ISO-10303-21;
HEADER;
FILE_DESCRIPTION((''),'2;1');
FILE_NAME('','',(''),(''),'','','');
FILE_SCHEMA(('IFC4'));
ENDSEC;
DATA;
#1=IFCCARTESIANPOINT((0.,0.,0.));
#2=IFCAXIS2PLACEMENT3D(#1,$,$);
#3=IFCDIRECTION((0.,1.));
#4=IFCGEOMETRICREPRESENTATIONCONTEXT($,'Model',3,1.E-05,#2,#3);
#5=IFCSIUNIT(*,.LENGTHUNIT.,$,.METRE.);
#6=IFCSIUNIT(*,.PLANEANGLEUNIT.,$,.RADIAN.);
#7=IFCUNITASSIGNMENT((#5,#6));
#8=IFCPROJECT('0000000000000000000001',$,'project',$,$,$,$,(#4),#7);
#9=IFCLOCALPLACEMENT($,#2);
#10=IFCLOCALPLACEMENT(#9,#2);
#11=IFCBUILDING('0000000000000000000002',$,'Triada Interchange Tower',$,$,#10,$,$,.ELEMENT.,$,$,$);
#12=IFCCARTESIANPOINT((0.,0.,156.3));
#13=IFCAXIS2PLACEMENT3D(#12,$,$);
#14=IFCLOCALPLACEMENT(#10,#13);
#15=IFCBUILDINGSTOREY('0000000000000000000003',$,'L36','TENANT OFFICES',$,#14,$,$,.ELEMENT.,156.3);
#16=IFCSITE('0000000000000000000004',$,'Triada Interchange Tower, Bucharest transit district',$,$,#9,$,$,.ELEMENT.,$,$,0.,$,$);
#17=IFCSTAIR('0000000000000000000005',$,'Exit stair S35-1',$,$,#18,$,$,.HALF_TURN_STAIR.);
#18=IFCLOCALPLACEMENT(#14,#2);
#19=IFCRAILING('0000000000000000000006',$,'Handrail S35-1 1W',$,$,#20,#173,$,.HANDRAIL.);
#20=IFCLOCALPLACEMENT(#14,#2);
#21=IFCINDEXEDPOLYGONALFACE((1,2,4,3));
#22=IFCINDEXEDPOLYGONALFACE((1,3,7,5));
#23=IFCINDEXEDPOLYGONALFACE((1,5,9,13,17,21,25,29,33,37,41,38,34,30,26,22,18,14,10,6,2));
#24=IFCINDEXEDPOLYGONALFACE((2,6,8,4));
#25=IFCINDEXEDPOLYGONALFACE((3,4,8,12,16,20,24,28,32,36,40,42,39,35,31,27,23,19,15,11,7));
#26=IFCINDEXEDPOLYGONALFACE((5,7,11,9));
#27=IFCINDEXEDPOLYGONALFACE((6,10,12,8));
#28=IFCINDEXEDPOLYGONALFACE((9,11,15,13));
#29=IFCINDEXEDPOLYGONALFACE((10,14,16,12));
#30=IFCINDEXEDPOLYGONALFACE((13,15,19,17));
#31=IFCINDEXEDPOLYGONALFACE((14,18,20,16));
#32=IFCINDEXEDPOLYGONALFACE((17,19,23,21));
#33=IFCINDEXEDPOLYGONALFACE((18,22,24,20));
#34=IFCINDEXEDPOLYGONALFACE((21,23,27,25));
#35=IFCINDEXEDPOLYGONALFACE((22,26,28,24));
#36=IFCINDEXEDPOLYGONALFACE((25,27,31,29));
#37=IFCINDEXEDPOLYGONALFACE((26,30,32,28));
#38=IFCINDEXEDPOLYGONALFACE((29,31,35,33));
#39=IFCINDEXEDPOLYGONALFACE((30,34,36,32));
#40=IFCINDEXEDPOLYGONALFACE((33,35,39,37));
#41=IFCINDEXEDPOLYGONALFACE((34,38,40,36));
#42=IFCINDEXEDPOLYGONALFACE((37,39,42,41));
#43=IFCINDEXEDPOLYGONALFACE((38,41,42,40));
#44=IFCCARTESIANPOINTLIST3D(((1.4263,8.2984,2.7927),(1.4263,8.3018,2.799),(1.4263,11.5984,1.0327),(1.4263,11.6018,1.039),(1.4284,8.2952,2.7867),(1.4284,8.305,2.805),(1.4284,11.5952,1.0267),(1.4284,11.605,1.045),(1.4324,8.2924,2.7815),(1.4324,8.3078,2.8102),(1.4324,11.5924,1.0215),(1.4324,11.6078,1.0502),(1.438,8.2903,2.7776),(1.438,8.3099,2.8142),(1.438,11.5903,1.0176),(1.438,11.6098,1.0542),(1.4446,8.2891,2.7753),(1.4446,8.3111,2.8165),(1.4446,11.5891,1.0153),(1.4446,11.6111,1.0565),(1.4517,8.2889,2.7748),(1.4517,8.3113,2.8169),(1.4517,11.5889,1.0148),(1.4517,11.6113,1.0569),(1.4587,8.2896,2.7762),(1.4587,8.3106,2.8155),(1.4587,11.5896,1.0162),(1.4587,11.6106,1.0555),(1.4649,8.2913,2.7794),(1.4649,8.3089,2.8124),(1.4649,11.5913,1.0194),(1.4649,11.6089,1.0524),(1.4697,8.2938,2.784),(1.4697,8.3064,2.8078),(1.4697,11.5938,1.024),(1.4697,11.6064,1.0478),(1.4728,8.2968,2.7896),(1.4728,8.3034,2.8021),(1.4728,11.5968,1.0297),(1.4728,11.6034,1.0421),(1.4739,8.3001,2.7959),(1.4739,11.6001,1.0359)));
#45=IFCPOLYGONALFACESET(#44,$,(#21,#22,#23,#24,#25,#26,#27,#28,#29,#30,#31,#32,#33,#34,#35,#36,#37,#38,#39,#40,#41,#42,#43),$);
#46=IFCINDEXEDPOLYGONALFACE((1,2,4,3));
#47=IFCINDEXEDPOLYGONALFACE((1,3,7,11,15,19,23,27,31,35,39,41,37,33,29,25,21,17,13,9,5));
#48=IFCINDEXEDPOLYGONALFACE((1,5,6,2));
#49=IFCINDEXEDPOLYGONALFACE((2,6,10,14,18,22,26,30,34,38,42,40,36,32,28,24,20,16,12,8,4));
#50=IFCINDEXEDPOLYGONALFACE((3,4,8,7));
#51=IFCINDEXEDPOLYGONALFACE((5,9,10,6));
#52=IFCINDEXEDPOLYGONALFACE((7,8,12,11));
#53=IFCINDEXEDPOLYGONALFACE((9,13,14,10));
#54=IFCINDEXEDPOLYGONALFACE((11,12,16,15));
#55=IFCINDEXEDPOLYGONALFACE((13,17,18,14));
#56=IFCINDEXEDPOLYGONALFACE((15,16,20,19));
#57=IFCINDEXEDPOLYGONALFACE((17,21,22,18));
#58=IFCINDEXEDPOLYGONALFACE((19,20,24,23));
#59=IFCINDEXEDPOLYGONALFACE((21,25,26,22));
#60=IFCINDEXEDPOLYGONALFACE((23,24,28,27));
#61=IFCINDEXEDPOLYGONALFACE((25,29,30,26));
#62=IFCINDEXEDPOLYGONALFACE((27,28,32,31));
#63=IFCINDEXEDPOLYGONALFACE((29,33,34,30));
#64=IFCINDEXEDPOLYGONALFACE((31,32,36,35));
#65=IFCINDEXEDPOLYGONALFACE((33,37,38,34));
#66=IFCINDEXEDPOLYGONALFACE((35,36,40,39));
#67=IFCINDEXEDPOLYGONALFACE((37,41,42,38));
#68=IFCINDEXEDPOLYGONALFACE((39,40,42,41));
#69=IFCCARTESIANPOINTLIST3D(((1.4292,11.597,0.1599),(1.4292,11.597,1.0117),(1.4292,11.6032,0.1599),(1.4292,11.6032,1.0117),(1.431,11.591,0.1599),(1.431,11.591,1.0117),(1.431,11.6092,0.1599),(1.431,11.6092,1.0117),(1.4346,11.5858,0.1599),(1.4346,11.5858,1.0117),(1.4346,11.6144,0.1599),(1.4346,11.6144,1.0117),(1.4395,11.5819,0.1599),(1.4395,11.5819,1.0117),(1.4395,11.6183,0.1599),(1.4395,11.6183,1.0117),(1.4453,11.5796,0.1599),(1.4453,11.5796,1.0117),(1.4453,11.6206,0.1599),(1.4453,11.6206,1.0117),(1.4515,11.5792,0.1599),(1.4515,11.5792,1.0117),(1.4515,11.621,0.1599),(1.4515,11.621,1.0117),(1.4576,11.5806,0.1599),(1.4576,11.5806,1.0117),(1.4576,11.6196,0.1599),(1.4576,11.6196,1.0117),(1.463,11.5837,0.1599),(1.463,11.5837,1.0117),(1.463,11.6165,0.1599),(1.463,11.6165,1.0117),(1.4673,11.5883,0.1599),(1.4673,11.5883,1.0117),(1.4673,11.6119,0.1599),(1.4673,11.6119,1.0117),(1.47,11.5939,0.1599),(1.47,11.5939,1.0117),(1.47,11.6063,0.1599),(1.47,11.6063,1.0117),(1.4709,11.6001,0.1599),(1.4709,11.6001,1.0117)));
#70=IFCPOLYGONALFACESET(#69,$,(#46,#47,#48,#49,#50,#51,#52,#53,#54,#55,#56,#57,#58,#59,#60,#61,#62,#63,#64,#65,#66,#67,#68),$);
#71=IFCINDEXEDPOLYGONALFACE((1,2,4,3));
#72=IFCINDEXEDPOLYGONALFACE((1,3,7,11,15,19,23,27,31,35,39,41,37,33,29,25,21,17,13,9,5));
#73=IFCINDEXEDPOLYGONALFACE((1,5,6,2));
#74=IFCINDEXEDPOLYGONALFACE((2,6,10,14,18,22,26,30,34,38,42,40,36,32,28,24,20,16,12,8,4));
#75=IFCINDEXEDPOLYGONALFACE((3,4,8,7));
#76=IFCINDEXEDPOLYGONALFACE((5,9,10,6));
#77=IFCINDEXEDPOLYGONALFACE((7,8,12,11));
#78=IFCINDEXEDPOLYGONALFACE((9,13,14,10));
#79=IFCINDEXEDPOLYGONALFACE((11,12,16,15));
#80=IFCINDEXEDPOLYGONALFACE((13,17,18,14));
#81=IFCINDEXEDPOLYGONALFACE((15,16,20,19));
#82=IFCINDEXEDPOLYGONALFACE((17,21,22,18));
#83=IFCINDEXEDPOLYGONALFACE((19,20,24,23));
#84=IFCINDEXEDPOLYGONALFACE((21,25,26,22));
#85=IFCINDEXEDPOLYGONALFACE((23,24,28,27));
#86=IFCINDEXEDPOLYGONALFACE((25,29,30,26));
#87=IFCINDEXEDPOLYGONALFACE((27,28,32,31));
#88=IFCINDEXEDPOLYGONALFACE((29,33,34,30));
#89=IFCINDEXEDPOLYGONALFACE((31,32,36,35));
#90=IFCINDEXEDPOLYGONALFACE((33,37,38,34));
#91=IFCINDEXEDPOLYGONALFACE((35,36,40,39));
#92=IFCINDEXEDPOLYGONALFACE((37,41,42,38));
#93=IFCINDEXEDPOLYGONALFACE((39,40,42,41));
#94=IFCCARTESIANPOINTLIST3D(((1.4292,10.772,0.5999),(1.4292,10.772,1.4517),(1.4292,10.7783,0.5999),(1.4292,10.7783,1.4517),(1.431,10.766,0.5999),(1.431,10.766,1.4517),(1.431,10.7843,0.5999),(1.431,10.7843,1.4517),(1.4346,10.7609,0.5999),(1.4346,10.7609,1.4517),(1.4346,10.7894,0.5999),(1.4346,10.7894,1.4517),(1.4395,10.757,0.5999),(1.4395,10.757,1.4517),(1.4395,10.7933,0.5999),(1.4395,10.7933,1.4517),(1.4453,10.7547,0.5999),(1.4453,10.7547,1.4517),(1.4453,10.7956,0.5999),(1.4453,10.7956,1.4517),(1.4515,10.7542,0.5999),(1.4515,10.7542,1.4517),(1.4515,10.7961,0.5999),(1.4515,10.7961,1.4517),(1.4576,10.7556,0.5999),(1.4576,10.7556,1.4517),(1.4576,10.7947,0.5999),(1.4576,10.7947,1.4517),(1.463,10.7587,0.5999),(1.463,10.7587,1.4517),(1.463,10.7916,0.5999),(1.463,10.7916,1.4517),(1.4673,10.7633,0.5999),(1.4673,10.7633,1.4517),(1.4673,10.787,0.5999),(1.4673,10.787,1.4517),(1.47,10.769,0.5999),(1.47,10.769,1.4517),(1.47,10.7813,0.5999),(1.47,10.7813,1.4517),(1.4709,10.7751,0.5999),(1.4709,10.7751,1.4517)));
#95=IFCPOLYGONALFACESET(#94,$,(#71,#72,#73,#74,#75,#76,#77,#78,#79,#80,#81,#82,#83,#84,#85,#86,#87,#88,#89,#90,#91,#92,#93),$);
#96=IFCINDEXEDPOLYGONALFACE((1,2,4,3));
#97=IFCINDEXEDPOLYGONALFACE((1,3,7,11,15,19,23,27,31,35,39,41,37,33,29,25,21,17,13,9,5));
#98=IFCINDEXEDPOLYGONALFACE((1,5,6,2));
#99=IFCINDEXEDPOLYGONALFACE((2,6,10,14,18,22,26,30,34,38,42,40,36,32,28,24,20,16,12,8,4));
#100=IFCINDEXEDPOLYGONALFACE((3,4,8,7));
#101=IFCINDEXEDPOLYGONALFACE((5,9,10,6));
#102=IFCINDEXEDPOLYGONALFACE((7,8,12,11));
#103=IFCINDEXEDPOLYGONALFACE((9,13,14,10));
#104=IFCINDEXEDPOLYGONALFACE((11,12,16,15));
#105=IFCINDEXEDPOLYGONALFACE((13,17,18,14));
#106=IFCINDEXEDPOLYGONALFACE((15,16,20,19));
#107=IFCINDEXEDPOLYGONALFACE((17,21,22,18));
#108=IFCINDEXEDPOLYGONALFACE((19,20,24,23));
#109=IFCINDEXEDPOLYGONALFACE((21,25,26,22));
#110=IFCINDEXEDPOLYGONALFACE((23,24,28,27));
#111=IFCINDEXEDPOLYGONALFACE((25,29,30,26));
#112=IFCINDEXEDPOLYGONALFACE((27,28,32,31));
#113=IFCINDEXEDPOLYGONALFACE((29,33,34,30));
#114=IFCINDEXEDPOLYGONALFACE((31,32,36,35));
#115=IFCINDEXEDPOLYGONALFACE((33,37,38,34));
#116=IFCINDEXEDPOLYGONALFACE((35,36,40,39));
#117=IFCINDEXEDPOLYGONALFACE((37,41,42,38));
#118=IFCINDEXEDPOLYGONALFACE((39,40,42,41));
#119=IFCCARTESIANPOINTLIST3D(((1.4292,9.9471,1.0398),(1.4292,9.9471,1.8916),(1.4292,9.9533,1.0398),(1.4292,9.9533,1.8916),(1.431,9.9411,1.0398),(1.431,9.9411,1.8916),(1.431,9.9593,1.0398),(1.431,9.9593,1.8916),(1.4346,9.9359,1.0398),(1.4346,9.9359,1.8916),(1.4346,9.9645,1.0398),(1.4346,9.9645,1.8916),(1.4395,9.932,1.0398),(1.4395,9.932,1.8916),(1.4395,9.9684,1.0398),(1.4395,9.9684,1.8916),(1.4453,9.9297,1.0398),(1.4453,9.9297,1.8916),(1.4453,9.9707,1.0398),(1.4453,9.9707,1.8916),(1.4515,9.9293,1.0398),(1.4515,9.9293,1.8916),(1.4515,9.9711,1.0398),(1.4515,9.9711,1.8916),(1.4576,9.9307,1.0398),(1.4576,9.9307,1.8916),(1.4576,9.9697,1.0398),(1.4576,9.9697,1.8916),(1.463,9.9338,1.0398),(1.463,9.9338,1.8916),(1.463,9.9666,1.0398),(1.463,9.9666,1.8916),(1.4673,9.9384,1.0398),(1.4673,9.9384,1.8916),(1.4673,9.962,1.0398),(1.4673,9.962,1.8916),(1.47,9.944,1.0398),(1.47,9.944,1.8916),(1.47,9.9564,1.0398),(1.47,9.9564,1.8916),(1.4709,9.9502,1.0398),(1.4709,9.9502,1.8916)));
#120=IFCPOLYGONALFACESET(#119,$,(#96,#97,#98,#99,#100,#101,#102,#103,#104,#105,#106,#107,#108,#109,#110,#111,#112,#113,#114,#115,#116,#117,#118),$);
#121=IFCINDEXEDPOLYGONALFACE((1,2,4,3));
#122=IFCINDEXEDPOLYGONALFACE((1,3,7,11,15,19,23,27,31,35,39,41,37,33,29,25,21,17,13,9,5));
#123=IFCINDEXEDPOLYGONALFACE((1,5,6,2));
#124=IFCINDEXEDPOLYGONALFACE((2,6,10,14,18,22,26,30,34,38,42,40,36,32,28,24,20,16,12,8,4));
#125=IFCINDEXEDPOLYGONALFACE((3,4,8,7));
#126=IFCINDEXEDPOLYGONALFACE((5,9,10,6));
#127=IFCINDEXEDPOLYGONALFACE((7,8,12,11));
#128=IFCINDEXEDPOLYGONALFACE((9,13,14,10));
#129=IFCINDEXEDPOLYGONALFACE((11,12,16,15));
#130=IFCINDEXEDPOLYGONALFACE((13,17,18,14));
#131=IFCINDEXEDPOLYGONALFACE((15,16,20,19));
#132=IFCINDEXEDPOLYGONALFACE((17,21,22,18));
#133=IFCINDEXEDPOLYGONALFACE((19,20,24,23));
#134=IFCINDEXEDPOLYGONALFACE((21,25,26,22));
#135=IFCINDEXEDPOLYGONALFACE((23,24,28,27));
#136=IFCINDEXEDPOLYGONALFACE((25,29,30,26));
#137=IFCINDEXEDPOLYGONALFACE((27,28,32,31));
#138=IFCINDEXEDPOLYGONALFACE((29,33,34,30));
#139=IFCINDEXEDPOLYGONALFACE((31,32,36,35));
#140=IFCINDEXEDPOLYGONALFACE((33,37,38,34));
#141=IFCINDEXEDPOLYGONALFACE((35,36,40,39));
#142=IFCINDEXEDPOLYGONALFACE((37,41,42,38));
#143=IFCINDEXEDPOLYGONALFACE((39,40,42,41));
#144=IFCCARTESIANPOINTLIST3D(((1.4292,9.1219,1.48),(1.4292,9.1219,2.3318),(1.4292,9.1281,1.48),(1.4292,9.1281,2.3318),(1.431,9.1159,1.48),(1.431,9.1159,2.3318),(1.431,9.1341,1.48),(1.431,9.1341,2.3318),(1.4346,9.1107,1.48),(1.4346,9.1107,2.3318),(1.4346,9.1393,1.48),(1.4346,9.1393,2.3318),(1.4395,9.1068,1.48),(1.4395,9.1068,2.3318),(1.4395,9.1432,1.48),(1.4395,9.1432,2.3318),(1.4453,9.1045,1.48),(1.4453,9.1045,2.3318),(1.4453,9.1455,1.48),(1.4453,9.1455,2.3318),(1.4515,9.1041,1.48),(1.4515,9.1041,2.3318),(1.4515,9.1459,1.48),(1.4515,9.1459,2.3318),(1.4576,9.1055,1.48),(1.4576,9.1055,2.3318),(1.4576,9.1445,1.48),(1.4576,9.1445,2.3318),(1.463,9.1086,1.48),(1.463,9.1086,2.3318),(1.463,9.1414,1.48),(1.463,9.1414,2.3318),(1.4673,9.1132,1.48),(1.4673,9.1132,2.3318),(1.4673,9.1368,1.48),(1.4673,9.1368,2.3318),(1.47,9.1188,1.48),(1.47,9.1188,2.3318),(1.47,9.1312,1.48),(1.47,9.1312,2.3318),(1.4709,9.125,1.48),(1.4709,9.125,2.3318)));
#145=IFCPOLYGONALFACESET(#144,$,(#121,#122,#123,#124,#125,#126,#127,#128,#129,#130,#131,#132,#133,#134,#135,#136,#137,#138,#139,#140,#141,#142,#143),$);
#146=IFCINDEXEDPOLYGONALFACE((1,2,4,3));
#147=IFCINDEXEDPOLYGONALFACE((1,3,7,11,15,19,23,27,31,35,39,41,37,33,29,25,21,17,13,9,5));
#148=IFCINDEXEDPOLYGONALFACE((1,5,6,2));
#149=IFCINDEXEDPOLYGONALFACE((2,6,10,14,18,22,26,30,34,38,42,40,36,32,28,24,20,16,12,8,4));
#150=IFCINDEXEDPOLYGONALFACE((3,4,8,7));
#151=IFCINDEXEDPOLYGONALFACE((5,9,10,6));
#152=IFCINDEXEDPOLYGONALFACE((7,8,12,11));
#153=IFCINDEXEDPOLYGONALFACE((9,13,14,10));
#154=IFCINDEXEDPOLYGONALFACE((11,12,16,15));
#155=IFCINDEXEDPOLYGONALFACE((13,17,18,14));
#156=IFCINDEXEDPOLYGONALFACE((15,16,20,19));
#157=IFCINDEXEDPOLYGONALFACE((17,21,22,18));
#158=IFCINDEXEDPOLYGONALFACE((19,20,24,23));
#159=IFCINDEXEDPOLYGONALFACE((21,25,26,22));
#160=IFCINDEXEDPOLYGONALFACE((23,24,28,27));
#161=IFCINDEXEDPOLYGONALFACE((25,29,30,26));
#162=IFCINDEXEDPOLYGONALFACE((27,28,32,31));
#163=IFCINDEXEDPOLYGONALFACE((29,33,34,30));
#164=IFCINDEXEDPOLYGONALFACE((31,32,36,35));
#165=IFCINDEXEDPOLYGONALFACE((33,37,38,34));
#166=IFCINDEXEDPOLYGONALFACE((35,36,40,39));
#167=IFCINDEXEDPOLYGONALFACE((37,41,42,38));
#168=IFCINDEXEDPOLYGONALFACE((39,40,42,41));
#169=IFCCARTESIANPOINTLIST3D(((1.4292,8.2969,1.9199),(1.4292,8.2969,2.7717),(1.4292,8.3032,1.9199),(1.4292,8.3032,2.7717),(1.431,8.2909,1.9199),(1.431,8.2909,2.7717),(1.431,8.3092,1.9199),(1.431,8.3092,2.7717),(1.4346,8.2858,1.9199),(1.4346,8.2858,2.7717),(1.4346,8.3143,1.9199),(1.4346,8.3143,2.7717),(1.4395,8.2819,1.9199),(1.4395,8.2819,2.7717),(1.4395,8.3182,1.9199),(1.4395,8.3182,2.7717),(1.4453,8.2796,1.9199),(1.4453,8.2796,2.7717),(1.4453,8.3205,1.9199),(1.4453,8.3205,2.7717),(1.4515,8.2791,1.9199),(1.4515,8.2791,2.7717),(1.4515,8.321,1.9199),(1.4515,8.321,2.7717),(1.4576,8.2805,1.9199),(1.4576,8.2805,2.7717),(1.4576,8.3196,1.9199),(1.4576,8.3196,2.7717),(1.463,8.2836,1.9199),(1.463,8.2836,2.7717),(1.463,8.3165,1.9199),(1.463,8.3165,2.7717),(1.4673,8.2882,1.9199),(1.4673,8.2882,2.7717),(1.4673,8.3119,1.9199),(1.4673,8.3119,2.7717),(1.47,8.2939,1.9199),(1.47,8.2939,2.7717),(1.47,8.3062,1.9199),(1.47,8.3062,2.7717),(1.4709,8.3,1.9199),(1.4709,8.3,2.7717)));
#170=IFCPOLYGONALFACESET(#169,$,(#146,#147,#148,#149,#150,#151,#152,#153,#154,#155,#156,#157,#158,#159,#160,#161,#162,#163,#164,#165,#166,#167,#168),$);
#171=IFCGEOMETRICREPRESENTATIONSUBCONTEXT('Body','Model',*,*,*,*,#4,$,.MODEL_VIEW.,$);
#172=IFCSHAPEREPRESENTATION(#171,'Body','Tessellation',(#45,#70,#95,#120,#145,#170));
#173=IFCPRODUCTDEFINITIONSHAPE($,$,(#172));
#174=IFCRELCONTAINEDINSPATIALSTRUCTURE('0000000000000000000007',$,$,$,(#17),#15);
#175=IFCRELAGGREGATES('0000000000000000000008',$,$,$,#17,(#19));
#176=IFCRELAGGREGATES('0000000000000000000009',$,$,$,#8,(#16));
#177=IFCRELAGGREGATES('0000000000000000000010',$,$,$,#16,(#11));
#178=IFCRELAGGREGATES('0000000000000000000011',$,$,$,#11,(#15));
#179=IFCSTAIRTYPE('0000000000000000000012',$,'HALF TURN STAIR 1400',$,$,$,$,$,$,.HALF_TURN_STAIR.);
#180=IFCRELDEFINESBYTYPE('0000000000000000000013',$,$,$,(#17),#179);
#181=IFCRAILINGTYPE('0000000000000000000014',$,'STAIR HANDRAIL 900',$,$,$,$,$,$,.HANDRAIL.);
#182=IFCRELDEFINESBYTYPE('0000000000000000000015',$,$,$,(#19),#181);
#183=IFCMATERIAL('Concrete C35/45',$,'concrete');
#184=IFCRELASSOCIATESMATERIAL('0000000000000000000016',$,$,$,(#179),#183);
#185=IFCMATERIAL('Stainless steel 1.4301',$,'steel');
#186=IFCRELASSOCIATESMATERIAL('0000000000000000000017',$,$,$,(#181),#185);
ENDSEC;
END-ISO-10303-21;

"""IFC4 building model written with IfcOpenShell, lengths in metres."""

from ifc_helpers import new_model, si_unit, direction, frame, origin, origin_2d, place, context, subcontext, project, spatial, circle, extrude, material, type_object, element, aggregate, save


model = new_model("IFC4")

# Units and contexts
model_context = context("Model", 3, precision=1e-05, world=origin(), true_north=direction((0.0, 1.0)))
body_context = subcontext(model_context, "Body", "Model", "MODEL_VIEW")
ifc_project = project(units=[si_unit("LENGTHUNIT", "METRE"), si_unit("PLANEANGLEUNIT", "RADIAN")], contexts=[model_context])

# Site, building, storey
site_placement = place(None, origin())
site = spatial("IfcSite", under=ifc_project, at=site_placement, Name="Triada Interchange Tower, Bucharest transit district", CompositionType="ELEMENT", RefElevation=0.0)
building_placement = place(site_placement, origin())
building = spatial("IfcBuilding", under=site, at=building_placement, Name="Triada Interchange Tower", CompositionType="ELEMENT")
storey_placement = place(building_placement, frame((0.0, 0.0, 156.3)))
storey = spatial("IfcBuildingStorey", under=building, at=storey_placement, Name="L36", Description="TENANT OFFICES", CompositionType="ELEMENT", Elevation=156.3)

# Stair
ifc_material_1 = material(Name="Concrete C35/45", Category="concrete")
stair_type = type_object("IfcStairType", Name="HALF TURN STAIR 1400", PredefinedType="HALF_TURN_STAIR", material=ifc_material_1)
stair_placement = place(storey_placement, origin())
stair = element("IfcStair", 1, at=stair_placement, inside=storey, type_object=stair_type, Name="Exit stair S35-1", PredefinedType="HALF_TURN_STAIR")

# Railing
ifc_material_2 = material(Name="Stainless steel 1.4301", Category="steel")
railing_type = type_object("IfcRailingType", Name="STAIR HANDRAIL 900", PredefinedType="HANDRAIL", material=ifc_material_2)
railing_1_placement = place(storey_placement, frame((1.45, 11.6001, 0.1599)))
railing_1 = element("IfcRailing", 2, at=railing_1_placement, type_object=railing_type, Name="Handrail S35-1 1W", PredefinedType="HANDRAIL", context=body_context, shape_type="SweptSolid", body=[
    extrude(circle(Radius=0.0239, at=origin_2d()), frame((0.0, 0.0, 0.876), z_axis=(0.0, -0.882355, 0.470585), x_axis=(1.0, 0.0, 0.0)), (0.0, 0.0, 1.0), 3.74),
    extrude(circle(Radius=0.021, at=origin_2d()), origin(), (0.0, 0.0, 1.0), 0.8518),
    extrude(circle(Radius=0.021, at=origin_2d()), frame((0.0, -0.825, 0.4399)), (0.0, 0.0, 1.0), 0.8518),
    extrude(circle(Radius=0.021, at=origin_2d()), frame((0.0, -1.6499, 0.8799)), (0.0, 0.0, 1.0), 0.8518),
    extrude(circle(Radius=0.021, at=origin_2d()), frame((0.0, -2.4751, 1.3201)), (0.0, 0.0, 1.0), 0.8518),
    extrude(circle(Radius=0.021, at=origin_2d()), frame((0.0, -3.3, 1.76)), (0.0, 0.0, 1.0), 0.8518),
])
aggregate(stair, [railing_1])

save(model, "model.ifc")
